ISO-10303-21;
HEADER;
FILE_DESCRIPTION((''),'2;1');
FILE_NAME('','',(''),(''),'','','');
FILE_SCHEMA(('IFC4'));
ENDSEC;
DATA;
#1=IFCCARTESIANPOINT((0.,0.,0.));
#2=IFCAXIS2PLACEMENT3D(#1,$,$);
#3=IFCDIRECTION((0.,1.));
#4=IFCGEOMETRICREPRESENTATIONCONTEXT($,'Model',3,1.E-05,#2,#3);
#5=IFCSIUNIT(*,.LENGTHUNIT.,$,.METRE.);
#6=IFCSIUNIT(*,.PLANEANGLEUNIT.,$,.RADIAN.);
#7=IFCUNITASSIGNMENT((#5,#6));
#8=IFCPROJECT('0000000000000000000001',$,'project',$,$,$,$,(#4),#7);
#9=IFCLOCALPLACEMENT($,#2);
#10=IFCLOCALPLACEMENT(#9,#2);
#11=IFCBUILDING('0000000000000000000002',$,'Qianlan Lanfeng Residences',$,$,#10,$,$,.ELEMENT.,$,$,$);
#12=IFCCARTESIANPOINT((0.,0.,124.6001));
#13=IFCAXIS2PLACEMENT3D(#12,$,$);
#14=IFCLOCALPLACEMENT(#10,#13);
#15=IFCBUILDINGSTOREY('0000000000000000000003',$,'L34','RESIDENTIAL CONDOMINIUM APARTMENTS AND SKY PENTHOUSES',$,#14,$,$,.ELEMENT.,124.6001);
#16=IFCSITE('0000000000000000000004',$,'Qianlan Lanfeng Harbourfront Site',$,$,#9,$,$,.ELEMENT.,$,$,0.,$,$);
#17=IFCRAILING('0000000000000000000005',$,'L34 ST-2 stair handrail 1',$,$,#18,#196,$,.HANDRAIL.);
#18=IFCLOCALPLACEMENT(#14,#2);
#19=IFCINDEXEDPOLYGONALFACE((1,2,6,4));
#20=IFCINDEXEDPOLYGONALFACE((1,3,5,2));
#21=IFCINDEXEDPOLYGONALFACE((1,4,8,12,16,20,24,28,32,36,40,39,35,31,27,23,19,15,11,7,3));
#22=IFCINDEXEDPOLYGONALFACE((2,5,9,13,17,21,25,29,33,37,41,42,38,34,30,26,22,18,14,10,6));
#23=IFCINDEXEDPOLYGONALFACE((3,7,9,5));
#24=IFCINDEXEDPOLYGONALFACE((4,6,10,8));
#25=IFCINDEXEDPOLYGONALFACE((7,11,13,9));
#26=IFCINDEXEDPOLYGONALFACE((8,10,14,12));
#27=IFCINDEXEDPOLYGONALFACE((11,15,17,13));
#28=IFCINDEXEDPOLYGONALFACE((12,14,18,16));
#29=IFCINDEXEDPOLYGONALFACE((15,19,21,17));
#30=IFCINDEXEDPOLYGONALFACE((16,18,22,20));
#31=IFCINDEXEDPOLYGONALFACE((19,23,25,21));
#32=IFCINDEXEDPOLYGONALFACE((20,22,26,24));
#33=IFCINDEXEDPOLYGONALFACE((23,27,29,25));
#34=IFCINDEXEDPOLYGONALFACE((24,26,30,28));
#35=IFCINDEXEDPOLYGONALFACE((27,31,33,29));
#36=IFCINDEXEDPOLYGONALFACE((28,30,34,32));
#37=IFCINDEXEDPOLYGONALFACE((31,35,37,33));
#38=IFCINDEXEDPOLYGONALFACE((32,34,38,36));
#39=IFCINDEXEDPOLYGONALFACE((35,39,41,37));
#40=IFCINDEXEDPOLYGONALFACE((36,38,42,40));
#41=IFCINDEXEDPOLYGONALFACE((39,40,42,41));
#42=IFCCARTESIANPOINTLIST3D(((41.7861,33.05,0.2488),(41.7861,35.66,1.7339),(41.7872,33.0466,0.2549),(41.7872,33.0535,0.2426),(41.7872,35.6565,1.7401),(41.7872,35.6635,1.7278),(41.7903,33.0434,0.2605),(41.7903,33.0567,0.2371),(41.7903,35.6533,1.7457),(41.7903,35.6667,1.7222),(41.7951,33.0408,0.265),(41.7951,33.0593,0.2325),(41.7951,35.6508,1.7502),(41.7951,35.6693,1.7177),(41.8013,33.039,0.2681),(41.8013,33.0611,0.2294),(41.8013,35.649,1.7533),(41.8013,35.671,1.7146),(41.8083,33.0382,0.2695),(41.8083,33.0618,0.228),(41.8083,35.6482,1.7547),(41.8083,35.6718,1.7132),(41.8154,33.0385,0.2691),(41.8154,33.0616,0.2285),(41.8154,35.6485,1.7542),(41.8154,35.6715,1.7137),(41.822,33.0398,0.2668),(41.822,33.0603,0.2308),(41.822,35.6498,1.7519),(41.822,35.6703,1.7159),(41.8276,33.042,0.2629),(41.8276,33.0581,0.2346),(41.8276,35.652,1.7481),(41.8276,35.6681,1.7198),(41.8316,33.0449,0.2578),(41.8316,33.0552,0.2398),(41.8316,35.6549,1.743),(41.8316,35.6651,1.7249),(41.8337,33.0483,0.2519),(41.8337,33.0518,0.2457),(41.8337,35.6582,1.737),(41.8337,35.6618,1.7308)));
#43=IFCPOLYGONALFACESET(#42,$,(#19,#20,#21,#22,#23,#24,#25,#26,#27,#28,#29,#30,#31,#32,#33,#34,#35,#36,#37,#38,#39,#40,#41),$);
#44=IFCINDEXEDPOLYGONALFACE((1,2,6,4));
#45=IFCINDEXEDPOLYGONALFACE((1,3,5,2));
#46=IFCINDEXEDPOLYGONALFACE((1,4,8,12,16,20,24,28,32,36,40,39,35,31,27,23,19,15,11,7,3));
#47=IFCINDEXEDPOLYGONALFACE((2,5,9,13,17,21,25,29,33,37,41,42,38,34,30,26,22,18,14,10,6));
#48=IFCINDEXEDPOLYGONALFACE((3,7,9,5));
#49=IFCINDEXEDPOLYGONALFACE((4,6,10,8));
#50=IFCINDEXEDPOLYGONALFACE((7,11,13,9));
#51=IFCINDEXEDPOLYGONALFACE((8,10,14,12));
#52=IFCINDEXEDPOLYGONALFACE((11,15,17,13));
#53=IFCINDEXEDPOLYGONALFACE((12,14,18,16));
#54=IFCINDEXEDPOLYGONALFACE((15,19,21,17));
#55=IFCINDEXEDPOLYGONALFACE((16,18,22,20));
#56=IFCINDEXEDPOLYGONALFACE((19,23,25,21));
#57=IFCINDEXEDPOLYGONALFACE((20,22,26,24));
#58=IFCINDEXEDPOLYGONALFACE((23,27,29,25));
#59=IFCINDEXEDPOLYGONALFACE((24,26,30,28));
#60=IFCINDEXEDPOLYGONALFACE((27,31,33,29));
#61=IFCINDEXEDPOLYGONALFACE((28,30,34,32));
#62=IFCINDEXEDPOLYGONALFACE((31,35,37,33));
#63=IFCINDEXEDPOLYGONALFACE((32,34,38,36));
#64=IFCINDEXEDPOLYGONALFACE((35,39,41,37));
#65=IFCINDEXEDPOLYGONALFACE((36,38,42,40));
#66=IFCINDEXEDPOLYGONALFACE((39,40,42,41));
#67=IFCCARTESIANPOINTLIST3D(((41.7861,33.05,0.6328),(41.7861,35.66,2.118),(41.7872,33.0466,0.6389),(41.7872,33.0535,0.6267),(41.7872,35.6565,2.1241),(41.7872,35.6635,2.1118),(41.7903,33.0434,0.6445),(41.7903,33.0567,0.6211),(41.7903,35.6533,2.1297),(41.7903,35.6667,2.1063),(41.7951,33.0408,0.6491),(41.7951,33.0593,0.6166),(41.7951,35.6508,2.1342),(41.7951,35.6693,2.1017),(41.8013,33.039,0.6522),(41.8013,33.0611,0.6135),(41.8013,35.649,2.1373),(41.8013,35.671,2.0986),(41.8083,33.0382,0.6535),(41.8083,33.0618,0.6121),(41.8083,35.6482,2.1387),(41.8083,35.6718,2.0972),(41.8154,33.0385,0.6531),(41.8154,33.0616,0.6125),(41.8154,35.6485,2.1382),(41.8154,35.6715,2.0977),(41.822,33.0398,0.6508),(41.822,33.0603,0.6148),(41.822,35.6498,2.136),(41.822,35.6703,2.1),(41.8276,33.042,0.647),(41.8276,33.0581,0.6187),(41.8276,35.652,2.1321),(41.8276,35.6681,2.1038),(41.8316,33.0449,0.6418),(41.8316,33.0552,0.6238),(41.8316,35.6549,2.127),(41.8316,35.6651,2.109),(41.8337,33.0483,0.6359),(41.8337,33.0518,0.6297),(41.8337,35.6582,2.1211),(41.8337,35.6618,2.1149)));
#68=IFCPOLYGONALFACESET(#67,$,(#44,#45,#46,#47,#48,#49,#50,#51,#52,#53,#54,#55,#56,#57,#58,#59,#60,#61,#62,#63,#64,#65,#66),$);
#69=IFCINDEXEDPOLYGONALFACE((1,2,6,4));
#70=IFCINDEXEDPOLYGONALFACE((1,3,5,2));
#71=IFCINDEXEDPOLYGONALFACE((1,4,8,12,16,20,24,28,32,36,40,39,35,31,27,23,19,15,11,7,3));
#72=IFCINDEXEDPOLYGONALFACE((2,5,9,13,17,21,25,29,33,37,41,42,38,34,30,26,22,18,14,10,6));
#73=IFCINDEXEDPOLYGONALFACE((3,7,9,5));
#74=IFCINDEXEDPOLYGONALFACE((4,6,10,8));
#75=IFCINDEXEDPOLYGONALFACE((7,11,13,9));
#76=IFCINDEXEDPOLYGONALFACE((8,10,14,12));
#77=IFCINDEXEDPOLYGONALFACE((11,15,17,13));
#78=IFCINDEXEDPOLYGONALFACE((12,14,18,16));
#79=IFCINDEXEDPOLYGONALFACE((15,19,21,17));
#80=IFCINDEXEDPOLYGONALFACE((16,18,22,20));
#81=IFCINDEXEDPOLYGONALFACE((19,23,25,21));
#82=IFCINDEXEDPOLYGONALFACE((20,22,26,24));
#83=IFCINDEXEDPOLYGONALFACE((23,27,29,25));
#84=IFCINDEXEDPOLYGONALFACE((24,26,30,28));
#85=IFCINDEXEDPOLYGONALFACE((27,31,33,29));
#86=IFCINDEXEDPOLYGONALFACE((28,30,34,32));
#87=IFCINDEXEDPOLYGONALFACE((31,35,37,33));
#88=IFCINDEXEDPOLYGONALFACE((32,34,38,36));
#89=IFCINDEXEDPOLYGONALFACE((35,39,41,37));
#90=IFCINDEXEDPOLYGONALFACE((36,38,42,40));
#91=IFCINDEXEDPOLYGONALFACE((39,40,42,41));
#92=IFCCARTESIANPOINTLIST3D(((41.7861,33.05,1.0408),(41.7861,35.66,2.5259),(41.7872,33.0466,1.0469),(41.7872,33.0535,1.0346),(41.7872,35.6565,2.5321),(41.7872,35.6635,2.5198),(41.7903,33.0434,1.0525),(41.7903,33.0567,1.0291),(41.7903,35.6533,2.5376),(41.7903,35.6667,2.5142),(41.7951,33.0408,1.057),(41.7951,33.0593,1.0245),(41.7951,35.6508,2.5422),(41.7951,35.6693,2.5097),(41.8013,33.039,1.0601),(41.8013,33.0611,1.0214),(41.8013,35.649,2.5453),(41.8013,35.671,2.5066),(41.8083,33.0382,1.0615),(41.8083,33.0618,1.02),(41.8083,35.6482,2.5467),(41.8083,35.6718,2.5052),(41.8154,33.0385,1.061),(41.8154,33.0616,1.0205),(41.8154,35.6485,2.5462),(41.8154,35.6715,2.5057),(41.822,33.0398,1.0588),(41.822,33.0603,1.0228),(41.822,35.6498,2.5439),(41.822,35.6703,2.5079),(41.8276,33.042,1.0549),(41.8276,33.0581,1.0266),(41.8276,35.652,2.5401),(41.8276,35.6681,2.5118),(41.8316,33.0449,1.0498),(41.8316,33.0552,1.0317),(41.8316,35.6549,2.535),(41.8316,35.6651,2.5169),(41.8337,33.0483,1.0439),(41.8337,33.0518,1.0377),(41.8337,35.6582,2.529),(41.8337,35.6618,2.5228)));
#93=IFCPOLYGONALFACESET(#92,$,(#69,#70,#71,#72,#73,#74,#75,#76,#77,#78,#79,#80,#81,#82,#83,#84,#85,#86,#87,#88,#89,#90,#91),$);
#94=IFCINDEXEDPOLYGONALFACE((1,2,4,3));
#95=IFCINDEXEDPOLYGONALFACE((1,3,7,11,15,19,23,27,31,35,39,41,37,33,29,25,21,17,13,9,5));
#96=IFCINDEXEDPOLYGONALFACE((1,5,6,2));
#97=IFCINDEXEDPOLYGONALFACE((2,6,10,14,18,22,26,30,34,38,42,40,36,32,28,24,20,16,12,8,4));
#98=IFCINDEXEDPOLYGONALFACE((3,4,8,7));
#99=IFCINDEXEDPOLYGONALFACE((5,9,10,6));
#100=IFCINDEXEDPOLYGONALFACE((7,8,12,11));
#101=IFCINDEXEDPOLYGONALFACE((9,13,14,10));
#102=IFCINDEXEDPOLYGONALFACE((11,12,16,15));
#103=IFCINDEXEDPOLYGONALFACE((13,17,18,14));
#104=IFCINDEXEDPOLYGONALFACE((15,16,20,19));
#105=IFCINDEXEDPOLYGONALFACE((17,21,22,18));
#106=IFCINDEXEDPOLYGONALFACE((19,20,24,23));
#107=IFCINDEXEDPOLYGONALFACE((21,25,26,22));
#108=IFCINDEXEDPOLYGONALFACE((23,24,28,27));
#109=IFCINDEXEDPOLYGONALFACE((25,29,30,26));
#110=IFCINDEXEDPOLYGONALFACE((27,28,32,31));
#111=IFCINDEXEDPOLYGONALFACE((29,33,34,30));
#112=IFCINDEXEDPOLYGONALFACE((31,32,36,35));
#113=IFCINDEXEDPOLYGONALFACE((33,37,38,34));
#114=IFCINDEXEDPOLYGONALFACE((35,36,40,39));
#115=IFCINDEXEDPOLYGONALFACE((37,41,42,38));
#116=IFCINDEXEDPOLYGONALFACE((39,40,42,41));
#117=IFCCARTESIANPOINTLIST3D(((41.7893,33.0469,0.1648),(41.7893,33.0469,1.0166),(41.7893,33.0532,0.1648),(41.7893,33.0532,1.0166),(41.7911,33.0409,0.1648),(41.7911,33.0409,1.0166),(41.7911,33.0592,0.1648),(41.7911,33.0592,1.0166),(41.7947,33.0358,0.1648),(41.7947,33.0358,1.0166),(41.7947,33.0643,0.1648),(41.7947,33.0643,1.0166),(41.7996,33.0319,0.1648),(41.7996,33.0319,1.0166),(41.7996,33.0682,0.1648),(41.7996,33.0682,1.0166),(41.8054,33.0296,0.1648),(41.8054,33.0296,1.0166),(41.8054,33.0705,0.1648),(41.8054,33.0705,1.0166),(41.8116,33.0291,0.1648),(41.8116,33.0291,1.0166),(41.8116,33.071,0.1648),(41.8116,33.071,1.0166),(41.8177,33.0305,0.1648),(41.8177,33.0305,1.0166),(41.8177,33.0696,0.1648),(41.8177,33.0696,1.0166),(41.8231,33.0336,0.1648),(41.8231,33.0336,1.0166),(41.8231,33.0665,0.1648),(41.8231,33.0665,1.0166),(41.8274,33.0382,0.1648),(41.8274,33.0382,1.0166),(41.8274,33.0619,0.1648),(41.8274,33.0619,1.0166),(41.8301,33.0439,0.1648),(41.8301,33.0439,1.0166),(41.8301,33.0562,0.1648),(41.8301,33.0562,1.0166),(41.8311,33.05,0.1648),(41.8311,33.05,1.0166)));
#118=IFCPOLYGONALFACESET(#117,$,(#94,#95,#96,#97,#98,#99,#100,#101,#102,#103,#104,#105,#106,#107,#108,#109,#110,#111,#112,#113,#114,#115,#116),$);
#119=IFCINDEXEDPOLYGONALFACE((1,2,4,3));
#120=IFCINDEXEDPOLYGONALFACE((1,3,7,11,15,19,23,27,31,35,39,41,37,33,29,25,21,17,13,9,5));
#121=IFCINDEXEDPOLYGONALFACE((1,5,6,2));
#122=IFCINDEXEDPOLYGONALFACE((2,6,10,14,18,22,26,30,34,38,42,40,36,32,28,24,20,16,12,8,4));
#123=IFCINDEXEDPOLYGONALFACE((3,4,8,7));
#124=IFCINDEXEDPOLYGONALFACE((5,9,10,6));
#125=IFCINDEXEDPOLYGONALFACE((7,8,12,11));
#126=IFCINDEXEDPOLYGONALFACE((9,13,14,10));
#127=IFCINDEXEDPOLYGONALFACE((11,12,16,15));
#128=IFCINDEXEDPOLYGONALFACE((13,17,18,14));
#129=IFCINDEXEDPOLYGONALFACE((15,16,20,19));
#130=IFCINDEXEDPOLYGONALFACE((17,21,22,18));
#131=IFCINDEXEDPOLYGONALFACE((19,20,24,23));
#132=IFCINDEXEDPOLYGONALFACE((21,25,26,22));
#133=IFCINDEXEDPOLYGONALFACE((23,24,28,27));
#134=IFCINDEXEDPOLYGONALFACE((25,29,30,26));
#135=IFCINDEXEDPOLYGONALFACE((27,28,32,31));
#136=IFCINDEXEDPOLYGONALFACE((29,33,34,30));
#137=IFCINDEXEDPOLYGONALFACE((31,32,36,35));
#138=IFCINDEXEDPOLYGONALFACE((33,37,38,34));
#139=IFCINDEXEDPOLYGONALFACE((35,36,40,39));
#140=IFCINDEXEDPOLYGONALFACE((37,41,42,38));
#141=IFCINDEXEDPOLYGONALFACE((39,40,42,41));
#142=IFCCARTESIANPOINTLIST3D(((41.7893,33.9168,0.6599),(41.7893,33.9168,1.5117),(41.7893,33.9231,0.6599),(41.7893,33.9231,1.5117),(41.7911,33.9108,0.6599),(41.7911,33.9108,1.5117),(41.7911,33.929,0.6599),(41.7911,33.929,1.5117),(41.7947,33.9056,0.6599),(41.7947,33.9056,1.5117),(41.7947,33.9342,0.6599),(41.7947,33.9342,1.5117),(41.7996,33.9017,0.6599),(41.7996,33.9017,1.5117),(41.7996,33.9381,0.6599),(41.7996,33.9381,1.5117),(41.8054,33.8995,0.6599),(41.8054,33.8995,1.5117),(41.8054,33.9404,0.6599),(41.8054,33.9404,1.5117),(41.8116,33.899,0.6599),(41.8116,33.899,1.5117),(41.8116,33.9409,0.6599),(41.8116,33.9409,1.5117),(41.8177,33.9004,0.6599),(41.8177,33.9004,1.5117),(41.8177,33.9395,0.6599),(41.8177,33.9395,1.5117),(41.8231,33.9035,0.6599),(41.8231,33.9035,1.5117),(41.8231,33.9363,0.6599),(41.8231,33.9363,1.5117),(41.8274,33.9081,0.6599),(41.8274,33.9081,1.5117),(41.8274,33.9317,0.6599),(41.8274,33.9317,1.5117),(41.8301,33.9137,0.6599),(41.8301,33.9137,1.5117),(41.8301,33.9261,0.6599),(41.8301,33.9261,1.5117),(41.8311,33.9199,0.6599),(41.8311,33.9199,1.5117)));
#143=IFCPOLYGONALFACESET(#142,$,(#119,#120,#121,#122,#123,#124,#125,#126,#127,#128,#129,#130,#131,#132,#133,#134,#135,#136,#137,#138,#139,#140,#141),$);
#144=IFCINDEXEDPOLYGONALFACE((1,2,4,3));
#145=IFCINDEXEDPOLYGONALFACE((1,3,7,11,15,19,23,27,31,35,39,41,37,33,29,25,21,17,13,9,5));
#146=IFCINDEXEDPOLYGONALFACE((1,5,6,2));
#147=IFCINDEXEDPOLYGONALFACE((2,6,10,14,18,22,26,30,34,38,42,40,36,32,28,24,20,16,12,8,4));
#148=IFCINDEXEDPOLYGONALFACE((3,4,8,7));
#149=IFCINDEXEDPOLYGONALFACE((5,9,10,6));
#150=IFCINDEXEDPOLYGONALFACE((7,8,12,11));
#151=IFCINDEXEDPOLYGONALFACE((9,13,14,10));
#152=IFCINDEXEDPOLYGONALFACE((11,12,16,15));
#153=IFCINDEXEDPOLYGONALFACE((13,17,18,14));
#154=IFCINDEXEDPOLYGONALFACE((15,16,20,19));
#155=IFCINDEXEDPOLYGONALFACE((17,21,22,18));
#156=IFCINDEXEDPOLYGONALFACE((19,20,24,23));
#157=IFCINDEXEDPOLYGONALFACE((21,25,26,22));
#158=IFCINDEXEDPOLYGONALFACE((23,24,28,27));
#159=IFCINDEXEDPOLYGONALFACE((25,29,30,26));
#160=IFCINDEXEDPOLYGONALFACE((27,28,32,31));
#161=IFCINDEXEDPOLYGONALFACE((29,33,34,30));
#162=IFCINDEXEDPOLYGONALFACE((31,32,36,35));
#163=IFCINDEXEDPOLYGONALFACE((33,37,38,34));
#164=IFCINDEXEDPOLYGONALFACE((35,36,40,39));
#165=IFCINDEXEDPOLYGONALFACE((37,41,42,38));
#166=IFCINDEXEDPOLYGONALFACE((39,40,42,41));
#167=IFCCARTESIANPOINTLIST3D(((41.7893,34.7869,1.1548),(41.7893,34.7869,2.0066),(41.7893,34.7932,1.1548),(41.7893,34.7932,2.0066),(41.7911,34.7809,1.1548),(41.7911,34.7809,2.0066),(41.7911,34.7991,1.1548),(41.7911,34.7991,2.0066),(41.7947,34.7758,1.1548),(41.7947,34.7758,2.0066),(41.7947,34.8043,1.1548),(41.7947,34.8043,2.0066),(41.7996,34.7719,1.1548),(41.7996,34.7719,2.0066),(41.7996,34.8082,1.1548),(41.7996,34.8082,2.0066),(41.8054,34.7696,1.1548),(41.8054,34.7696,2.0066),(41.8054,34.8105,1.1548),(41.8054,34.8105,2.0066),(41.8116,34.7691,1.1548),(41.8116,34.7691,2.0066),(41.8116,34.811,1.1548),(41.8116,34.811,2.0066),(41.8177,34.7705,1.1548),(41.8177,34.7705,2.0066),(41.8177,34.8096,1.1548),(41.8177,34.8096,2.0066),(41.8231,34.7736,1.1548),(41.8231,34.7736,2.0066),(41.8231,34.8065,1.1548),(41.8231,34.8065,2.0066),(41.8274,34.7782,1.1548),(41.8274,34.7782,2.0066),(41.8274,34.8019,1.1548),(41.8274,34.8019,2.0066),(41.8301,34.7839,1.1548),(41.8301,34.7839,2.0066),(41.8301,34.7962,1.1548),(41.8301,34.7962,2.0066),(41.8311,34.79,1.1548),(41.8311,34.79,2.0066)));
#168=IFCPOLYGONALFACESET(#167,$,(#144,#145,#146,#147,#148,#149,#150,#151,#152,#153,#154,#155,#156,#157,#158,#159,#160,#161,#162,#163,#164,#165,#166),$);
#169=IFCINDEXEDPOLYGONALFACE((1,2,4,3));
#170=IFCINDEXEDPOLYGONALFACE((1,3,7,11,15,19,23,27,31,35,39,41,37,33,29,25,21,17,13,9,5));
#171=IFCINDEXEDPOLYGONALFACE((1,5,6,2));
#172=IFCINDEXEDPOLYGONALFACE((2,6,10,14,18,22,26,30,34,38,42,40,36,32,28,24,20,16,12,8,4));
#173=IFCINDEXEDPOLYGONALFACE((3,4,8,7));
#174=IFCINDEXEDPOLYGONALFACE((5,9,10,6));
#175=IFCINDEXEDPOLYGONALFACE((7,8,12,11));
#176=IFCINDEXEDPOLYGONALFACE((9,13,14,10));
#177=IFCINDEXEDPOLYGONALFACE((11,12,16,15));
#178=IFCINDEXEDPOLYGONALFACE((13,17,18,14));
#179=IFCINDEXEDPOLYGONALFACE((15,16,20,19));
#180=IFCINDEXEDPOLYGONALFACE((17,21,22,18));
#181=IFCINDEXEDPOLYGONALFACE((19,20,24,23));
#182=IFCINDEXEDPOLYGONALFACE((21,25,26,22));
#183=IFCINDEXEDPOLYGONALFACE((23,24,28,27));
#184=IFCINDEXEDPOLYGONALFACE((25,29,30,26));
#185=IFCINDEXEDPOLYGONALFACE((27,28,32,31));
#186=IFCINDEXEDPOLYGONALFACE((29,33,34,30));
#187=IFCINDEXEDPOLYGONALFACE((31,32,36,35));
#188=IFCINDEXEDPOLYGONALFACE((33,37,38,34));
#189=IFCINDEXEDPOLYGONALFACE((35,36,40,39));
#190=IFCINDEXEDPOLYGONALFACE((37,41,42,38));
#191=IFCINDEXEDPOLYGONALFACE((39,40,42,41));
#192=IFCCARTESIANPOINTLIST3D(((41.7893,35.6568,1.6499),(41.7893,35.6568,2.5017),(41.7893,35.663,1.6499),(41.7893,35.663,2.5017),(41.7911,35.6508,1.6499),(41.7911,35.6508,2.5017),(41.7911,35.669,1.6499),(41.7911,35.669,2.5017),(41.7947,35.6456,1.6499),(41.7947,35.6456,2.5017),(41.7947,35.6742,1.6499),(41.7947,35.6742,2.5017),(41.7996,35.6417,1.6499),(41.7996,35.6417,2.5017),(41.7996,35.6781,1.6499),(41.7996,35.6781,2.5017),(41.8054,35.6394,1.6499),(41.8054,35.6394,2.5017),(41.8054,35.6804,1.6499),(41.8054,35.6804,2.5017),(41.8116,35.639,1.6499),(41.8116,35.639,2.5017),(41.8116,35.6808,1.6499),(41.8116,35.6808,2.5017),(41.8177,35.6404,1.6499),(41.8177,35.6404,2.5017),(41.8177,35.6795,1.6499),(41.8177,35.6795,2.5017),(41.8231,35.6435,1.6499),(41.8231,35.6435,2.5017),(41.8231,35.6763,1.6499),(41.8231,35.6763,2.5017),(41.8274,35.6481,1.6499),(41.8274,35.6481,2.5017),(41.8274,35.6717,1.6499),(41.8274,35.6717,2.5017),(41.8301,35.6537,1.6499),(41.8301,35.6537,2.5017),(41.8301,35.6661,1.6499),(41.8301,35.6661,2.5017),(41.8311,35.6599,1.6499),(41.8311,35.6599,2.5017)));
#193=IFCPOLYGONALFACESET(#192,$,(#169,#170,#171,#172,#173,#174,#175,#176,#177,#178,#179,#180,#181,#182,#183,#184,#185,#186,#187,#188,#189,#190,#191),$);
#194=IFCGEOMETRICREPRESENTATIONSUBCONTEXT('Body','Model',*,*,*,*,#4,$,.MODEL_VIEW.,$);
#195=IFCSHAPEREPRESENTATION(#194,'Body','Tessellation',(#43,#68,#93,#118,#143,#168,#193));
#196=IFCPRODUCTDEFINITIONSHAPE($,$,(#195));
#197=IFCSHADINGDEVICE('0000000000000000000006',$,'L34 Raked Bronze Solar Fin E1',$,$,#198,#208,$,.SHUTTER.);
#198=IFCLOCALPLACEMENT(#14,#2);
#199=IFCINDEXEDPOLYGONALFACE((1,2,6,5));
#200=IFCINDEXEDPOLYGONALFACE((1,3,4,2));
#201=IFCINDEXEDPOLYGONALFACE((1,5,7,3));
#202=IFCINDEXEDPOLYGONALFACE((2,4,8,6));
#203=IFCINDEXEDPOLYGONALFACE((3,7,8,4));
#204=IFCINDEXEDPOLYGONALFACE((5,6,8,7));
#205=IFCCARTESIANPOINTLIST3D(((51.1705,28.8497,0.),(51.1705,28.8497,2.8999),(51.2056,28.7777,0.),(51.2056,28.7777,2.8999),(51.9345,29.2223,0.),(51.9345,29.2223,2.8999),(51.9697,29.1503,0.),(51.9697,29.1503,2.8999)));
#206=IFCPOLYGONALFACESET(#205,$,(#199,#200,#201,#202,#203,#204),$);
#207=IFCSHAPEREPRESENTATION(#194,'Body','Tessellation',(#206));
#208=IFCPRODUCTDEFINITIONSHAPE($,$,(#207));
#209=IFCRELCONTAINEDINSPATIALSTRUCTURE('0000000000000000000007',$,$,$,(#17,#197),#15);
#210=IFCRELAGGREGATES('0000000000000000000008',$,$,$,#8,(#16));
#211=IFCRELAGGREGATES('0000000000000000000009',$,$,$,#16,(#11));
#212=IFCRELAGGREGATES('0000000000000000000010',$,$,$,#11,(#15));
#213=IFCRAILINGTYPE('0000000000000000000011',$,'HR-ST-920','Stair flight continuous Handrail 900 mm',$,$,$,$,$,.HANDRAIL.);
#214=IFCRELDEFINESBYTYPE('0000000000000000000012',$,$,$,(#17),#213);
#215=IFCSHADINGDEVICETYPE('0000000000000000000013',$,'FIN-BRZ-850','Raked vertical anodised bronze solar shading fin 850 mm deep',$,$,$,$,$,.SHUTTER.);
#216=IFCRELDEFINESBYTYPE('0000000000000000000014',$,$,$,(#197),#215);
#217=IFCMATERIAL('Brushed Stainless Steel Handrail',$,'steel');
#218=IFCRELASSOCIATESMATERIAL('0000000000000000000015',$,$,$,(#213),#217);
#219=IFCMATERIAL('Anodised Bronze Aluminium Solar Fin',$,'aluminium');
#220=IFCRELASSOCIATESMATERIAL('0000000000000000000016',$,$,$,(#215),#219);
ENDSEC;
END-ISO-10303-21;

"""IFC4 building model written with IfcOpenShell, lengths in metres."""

from ifc_helpers import new_model, si_unit, direction, frame, origin, origin_2d, place, context, subcontext, project, spatial, rectangle, circle, extrude, source, transform, mapped, material, type_object, element, save


model = new_model("IFC4")

# Units and contexts
model_context = context("Model", 3, precision=1e-05, world=origin(), true_north=direction((0.0, 1.0)))
body_context = subcontext(model_context, "Body", "Model", "MODEL_VIEW")
ifc_project = project(units=[si_unit("LENGTHUNIT", "METRE"), si_unit("PLANEANGLEUNIT", "RADIAN")], contexts=[model_context])

# Site, building, storey
site_placement = place(None, origin())
site = spatial("IfcSite", under=ifc_project, at=site_placement, Name="Qianlan Lanfeng Harbourfront Site", CompositionType="ELEMENT", RefElevation=0.0)
building_placement = place(site_placement, origin())
building = spatial("IfcBuilding", under=site, at=building_placement, Name="Qianlan Lanfeng Residences", CompositionType="ELEMENT")
storey_placement = place(building_placement, frame((0.0, 0.0, 124.6001)))
storey = spatial("IfcBuildingStorey", under=building, at=storey_placement, Name="L34", Description="RESIDENTIAL CONDOMINIUM APARTMENTS AND SKY PENTHOUSES", CompositionType="ELEMENT", Elevation=124.6001)

# Railing
ifc_material_1 = material(Name="Brushed Stainless Steel Handrail", Category="steel")
railing_type_1 = type_object("IfcRailingType", Name="HR-ST-920", Description="Stair flight continuous Handrail 900 mm", PredefinedType="HANDRAIL", material=ifc_material_1)
railing_1_placement = place(storey_placement, frame((41.8101, 33.05, 0.1648)))
element("IfcRailing", 1, at=railing_1_placement, inside=storey, type_object=railing_type_1, Name="L34 ST-2 stair handrail 1", PredefinedType="HANDRAIL", context=body_context, shape_type="SweptSolid", body=[
    extrude(circle(Radius=0.0239, at=origin_2d()), frame((0.0, 0.0, 0.084), z_axis=(0.0, 0.869137, 0.494571), x_axis=(-1.0, 0.0, 0.0)), (0.0, 0.0, 1.0), 3.0029),
    extrude(circle(Radius=0.0239, at=origin_2d()), frame((0.0, 0.0, 0.468), z_axis=(0.0, 0.869137, 0.494571), x_axis=(-1.0, 0.0, 0.0)), (0.0, 0.0, 1.0), 3.0029),
    extrude(circle(Radius=0.0239, at=origin_2d()), frame((0.0, 0.0, 0.876), z_axis=(0.0, 0.869137, 0.494571), x_axis=(-1.0, 0.0, 0.0)), (0.0, 0.0, 1.0), 3.0029),
    extrude(circle(Radius=0.021, at=origin_2d()), origin(), (0.0, 0.0, 1.0), 0.8518),
    extrude(circle(Radius=0.021, at=origin_2d()), frame((0.0, 0.8699, 0.4951)), (0.0, 0.0, 1.0), 0.8518),
    extrude(circle(Radius=0.021, at=origin_2d()), frame((0.0, 1.74, 0.99)), (0.0, 0.0, 1.0), 0.8518),
    extrude(circle(Radius=0.021, at=origin_2d()), frame((0.0, 2.6099, 1.4851)), (0.0, 0.0, 1.0), 0.8518),
])

# Shading device
ifc_material_2 = material(Name="Anodised Bronze Aluminium Solar Fin", Category="aluminium")
shading_device_type = type_object("IfcShadingDeviceType", Name="FIN-BRZ-850", Description="Raked vertical anodised bronze solar shading fin 850 mm deep", PredefinedType="SHUTTER", material=ifc_material_2)
shared_shape_1 = source(origin(), body_context, "Body", "SweptSolid", [
    extrude(rectangle(XDim=0.8501, YDim=0.0801, at=origin_2d()), origin(), (0.0, 0.0, 1.0), 2.8999),
])
for number, where, z_axis, x_axis, name in (
    (2, (51.5701, 29.0, 0.0), (0.0, 0.0, 1.0), (0.898794, 0.438371, 0.0), "L34 Raked Bronze Solar Fin E1"),
):
    element("IfcShadingDevice", number, at=place(storey_placement, frame(where, z_axis=z_axis, x_axis=x_axis)), inside=storey, type_object=shading_device_type, Name=name, PredefinedType="SHUTTER", context=body_context, shape_type="MappedRepresentation", body=[
        mapped(shared_shape_1, transform((0.0, 0.0, 0.0), scale=1.0)),
    ])

save(model, "model.ifc")
